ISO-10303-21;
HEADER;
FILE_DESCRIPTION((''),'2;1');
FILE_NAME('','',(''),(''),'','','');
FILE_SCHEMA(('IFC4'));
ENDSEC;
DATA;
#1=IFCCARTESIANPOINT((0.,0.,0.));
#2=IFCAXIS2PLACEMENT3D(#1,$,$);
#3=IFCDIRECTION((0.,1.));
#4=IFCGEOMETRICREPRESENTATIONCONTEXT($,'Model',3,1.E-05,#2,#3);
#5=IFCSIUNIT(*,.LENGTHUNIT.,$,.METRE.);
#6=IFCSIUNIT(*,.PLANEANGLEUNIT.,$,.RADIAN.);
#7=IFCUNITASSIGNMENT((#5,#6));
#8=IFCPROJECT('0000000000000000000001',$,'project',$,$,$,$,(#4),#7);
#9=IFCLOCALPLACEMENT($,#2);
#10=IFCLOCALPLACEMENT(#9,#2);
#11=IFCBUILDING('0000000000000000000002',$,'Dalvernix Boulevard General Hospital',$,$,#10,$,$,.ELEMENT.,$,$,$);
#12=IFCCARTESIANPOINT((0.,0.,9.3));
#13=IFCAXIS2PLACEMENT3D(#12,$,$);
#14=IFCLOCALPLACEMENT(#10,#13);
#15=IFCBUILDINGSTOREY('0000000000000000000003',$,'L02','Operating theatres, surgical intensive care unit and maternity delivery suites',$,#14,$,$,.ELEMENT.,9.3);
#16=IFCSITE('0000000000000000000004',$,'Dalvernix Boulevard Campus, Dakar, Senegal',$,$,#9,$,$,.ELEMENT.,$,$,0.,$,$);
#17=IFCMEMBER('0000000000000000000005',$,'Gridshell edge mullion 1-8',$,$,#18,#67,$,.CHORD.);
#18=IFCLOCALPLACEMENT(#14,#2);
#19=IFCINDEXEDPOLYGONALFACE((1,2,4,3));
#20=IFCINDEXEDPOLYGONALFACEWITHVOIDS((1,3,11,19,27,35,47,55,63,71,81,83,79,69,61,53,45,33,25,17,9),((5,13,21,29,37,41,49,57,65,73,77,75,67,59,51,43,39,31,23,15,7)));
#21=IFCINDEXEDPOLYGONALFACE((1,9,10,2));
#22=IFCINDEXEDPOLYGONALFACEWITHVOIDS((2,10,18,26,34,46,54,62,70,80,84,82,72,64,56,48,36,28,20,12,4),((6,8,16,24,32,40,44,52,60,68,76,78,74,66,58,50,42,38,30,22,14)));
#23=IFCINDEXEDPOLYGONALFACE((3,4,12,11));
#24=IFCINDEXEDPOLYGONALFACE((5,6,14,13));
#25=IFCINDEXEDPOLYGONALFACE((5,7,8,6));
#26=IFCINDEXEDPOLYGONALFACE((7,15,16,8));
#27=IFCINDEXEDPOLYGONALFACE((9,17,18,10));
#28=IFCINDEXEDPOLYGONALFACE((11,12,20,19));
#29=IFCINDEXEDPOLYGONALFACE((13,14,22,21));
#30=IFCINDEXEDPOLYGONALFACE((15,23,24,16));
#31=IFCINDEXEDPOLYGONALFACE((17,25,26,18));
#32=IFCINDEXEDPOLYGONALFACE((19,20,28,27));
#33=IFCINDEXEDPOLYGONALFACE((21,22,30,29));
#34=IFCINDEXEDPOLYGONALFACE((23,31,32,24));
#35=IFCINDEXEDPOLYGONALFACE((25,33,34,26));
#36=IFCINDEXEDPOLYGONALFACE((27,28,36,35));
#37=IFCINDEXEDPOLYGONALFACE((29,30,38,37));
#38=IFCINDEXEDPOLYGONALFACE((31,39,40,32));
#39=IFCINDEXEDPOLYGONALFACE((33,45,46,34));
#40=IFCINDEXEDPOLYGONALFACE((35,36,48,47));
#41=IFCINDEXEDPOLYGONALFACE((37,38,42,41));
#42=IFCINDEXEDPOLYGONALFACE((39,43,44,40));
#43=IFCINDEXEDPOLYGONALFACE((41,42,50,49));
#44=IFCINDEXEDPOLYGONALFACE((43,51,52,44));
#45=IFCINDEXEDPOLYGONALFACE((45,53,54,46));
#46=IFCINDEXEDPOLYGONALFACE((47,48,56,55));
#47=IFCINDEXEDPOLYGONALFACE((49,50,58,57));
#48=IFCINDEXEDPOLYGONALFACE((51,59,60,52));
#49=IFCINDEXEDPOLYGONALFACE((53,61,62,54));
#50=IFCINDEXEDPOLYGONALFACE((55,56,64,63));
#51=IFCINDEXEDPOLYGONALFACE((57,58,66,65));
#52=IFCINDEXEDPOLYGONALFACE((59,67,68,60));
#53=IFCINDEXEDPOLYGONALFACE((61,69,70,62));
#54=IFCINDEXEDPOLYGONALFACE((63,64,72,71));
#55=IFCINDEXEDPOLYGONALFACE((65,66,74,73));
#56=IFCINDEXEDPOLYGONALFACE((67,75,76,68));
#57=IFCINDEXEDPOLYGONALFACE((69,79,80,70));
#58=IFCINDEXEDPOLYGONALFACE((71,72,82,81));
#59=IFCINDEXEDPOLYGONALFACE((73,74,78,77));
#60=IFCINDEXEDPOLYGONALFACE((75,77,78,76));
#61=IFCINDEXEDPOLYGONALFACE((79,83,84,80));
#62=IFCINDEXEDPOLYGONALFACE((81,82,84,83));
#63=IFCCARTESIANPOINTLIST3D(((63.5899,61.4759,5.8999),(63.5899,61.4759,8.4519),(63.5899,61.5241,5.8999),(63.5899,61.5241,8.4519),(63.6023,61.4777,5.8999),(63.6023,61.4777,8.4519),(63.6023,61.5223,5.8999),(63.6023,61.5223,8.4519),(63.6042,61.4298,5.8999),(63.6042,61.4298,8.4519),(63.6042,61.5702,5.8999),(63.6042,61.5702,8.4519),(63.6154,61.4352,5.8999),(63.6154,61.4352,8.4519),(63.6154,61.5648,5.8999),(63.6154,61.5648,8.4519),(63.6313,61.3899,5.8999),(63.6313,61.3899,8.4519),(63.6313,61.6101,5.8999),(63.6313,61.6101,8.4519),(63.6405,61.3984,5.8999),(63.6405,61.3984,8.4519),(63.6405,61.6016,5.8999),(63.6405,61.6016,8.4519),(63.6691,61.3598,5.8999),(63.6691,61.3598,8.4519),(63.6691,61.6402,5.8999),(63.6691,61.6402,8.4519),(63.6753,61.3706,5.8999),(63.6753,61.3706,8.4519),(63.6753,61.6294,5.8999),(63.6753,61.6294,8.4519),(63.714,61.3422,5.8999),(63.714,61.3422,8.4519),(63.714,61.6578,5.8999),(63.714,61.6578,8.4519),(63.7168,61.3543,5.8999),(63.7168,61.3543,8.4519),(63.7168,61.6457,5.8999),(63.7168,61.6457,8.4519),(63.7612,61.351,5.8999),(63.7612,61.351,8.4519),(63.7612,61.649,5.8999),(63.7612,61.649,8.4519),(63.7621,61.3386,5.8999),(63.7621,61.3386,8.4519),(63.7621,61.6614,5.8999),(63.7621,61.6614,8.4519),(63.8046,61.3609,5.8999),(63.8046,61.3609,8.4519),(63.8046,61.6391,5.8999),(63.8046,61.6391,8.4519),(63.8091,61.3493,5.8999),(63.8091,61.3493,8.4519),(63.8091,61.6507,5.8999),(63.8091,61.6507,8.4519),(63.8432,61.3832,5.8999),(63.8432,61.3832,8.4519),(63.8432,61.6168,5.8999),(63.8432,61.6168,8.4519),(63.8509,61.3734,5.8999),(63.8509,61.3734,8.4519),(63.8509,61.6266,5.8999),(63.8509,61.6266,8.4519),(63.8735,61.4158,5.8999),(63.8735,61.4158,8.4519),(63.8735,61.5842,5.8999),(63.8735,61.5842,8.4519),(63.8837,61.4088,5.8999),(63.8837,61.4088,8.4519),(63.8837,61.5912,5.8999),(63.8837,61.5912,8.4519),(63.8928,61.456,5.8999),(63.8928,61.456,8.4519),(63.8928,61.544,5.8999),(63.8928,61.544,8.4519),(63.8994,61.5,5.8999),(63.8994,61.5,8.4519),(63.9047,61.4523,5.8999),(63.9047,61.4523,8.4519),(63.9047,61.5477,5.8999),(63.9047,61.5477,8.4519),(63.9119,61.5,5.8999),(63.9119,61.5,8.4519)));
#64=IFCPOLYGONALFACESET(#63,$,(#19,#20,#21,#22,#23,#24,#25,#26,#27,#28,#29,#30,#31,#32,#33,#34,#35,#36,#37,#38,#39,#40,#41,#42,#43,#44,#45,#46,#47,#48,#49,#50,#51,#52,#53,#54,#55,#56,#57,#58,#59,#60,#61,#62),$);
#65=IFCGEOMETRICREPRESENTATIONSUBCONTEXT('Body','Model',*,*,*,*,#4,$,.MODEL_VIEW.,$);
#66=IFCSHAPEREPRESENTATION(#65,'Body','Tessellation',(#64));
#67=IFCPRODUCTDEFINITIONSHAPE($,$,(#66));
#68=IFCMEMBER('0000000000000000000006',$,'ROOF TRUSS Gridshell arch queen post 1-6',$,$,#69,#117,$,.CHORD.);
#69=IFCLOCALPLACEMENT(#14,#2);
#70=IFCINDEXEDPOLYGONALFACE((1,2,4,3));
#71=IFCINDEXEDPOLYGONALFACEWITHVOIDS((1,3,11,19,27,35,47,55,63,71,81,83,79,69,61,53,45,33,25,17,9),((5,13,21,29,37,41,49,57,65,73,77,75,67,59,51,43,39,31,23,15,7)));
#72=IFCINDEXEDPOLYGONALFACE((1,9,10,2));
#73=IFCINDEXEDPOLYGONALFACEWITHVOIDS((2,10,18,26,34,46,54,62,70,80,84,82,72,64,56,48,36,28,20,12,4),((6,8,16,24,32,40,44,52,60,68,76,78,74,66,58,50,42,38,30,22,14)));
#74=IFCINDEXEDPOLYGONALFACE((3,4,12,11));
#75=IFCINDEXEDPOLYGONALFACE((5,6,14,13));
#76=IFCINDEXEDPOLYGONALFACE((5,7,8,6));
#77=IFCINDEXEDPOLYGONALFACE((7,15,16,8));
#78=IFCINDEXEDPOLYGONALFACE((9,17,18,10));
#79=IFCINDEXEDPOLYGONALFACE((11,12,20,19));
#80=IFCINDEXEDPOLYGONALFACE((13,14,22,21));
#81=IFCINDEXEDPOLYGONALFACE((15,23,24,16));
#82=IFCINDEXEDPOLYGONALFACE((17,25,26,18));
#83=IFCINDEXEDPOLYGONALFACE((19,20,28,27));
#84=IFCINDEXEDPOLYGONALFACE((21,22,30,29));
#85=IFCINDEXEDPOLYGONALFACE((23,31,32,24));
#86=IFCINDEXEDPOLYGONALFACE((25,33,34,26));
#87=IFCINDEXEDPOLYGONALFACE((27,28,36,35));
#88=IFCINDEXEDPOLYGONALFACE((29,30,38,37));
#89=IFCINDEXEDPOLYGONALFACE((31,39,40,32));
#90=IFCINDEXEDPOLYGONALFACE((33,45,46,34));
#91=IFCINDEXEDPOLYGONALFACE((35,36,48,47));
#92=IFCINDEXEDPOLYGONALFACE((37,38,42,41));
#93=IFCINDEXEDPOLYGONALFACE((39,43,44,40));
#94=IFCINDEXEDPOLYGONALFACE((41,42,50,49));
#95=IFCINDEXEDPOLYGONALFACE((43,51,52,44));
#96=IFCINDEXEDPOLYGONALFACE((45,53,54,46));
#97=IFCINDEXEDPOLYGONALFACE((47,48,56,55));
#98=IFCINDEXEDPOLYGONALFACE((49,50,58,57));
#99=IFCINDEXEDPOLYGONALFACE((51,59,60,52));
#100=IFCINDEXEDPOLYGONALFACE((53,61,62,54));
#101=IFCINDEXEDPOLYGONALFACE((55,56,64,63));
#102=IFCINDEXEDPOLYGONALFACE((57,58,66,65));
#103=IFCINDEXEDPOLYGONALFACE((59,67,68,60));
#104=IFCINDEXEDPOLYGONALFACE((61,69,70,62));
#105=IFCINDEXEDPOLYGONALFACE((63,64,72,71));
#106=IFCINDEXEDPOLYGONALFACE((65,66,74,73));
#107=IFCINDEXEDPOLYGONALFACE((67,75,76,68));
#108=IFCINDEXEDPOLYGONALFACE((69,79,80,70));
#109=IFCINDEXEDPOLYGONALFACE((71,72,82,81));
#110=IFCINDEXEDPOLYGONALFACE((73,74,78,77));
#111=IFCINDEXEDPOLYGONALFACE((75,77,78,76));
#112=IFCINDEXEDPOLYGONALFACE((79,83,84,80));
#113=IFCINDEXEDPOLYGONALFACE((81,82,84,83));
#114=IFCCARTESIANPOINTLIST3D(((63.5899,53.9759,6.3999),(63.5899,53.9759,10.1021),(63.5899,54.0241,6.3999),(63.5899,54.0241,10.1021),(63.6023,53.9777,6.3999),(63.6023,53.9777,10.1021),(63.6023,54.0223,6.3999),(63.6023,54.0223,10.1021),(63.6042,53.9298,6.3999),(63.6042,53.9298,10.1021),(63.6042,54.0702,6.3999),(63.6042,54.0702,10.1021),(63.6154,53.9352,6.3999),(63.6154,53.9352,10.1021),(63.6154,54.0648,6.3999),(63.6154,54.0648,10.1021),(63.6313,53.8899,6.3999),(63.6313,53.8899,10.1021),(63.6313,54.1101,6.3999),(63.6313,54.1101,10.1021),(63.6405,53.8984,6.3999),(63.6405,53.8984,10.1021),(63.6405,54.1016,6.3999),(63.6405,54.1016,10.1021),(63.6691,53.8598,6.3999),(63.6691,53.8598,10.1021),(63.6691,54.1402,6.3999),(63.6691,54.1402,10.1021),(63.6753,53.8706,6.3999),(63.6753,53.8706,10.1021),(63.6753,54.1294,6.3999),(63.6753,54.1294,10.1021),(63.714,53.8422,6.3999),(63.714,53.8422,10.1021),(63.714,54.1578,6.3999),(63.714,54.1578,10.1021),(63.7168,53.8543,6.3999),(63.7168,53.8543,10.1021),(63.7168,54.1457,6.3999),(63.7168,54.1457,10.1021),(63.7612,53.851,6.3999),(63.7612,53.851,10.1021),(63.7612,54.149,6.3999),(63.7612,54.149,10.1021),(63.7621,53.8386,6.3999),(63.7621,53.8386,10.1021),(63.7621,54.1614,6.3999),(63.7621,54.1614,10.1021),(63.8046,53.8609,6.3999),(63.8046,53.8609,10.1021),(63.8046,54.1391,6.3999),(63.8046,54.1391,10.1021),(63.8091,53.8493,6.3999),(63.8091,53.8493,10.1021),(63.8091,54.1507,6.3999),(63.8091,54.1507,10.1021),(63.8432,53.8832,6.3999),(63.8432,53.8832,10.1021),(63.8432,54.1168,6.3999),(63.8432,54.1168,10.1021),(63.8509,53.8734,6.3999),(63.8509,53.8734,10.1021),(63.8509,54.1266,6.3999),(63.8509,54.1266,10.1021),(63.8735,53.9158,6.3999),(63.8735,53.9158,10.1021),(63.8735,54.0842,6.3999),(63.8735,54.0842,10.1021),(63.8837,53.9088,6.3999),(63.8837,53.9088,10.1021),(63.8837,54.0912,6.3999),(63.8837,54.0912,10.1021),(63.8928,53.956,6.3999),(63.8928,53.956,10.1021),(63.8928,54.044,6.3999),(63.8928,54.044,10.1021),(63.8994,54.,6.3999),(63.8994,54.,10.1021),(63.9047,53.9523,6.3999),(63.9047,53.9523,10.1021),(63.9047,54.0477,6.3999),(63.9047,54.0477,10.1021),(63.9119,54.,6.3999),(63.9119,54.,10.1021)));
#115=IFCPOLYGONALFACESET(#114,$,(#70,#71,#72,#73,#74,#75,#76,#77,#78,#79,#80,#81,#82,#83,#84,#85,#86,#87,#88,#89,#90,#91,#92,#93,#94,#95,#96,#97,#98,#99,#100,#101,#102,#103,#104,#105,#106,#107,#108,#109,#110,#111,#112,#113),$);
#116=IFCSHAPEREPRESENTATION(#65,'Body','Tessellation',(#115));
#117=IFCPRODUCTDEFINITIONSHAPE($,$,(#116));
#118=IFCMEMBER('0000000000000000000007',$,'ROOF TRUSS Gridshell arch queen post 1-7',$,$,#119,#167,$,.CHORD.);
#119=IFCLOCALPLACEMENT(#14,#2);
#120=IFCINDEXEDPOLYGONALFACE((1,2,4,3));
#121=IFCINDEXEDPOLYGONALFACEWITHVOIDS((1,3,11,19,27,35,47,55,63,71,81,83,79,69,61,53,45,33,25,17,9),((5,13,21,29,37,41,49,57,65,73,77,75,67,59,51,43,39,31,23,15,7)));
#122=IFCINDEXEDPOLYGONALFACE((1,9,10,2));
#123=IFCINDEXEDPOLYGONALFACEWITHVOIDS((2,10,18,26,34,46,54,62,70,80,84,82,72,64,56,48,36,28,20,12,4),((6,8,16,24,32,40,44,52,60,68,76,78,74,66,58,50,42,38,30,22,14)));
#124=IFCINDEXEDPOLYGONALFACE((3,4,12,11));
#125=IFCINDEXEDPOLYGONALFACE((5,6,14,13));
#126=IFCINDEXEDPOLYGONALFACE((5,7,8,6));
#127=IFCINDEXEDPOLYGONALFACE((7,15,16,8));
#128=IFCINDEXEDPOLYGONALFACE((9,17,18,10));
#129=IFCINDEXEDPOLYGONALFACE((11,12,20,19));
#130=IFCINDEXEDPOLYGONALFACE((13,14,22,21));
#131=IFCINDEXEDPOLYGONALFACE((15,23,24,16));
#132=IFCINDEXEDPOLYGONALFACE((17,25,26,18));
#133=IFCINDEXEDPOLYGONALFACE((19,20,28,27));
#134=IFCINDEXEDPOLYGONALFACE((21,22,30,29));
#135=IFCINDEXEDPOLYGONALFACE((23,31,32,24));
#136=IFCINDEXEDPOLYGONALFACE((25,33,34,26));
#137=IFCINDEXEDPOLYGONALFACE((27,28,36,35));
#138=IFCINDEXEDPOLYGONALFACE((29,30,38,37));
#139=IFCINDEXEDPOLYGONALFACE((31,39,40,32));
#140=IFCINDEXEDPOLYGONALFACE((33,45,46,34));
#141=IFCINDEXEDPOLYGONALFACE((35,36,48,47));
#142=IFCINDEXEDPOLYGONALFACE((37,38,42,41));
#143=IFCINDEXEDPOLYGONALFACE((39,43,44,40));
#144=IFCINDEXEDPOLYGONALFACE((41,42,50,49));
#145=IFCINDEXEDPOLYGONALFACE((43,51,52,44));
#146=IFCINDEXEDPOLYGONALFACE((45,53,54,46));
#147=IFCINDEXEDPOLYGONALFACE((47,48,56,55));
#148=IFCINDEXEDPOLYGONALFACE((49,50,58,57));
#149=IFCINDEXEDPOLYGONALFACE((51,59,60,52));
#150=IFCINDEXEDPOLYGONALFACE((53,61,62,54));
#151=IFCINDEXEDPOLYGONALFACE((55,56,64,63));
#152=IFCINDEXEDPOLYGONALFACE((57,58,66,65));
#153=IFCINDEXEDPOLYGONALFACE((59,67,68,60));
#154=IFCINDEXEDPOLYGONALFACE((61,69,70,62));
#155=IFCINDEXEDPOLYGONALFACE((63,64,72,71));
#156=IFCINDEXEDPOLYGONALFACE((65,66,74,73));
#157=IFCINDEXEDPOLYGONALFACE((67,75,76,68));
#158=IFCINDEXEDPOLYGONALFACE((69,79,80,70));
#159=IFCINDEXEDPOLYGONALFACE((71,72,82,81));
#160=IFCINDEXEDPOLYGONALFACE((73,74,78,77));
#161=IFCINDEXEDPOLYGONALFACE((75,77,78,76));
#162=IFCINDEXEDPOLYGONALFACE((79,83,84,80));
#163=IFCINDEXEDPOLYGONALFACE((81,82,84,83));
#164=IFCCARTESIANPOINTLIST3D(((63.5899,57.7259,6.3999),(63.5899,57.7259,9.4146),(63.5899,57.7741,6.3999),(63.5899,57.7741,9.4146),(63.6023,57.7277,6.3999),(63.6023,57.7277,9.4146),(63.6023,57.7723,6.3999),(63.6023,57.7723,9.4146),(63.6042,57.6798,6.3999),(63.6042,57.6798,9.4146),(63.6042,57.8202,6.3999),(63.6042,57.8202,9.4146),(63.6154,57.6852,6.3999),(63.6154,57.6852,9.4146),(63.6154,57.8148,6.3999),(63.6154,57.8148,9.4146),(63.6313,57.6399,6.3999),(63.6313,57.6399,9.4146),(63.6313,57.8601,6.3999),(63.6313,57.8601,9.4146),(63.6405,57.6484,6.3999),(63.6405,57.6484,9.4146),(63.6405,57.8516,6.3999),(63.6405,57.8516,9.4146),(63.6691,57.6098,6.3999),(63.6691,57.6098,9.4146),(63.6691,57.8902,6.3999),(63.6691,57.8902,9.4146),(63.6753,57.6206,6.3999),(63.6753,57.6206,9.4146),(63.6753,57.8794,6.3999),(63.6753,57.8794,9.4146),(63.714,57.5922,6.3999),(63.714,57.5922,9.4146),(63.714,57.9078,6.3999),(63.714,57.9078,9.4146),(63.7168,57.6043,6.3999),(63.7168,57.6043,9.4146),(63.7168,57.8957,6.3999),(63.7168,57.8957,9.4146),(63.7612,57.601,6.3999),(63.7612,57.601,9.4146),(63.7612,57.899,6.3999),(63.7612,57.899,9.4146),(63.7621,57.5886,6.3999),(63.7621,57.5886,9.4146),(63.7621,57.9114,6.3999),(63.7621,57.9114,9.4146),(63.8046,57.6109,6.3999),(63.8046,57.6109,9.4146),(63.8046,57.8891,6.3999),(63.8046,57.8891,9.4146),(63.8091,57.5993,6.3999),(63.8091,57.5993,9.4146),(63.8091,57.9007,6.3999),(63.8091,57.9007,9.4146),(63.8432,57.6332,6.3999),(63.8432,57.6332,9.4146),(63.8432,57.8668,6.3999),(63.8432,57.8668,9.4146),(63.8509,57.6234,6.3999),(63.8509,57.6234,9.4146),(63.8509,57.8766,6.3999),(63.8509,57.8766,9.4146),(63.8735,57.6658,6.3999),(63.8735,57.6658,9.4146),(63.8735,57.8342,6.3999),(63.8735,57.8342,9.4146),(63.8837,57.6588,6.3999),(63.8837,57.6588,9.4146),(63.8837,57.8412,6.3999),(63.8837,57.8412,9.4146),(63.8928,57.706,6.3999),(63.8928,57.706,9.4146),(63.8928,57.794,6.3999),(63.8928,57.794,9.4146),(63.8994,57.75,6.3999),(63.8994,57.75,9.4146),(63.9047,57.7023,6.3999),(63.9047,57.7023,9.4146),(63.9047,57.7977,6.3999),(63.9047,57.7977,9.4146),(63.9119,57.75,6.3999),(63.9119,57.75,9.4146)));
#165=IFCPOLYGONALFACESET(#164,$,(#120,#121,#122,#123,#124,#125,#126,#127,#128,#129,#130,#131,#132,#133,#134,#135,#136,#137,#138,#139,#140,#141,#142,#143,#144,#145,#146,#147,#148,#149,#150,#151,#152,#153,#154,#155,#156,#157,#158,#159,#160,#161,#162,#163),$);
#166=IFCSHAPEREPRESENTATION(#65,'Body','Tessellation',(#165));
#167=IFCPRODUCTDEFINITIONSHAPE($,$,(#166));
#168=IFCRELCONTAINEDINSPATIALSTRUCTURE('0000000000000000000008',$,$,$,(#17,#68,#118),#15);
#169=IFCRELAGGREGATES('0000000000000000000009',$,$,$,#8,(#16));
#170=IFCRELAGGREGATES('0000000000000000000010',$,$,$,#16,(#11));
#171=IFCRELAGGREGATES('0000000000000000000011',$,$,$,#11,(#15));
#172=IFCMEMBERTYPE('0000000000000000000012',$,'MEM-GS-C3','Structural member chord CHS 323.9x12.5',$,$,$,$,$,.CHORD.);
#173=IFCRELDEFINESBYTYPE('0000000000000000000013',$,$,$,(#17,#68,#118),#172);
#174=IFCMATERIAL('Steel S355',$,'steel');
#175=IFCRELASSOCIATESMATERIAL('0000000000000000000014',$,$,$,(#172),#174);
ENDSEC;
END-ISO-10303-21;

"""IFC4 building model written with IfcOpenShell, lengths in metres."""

from ifc_helpers import new_model, si_unit, direction, frame, origin, origin_2d, place, context, subcontext, project, spatial, hollow_circle, extrude, material, material_profile, profile_set, type_object, element, save


model = new_model("IFC4")

# Units and contexts
model_context = context("Model", 3, precision=1e-05, world=origin(), true_north=direction((0.0, 1.0)))
body_context = subcontext(model_context, "Body", "Model", "MODEL_VIEW")
ifc_project = project(units=[si_unit("LENGTHUNIT", "METRE"), si_unit("PLANEANGLEUNIT", "RADIAN")], contexts=[model_context])

# Site, building, storey
site_placement = place(None, origin())
site = spatial("IfcSite", under=ifc_project, at=site_placement, Name="Dalvernix Boulevard Campus, Dakar, Senegal", CompositionType="ELEMENT", RefElevation=0.0)
building_placement = place(site_placement, origin())
building = spatial("IfcBuilding", under=site, at=building_placement, Name="Dalvernix Boulevard General Hospital", CompositionType="ELEMENT")
storey_placement = place(building_placement, frame((0.0, 0.0, 9.3)))
storey = spatial("IfcBuildingStorey", under=building, at=storey_placement, Name="L02", Description="Operating theatres, surgical intensive care unit and maternity delivery suites", CompositionType="ELEMENT", Elevation=9.3)

# Shared definitions
ifc_material_1 = material(Name="Steel S355", Category="steel")

# Members
ifc_material_profile_1 = material_profile(ifc_material_1, hollow_circle(Radius=0.1619, WallThickness=0.0125, at=origin_2d()), Name="CHS 323.9x12.5")
ifc_profile_set_1 = profile_set([ifc_material_profile_1], Name="Steel S355")
member_type_1 = type_object("IfcMemberType", Name="MEM-GS-C3", Description="Structural member chord CHS 323.9x12.5", PredefinedType="CHORD", material=ifc_profile_set_1)
member_1_placement = place(storey_placement, frame((63.75, 61.5, 5.8999), z_axis=(0.0, 0.0, 1.0), x_axis=(1.0, 0.0, 0.0)))
element("IfcMember", 1, at=member_1_placement, inside=storey, type_object=member_type_1, Name="Gridshell edge mullion 1-8", PredefinedType="CHORD", context=body_context, shape_type="SweptSolid", body=[
    extrude(hollow_circle(Radius=0.1619, WallThickness=0.0125, at=origin_2d()), origin(), (0.0, 0.0, 1.0), 2.552),
])
member_2_placement = place(storey_placement, frame((63.75, 54.0, 6.3999), z_axis=(0.0, 0.0, 1.0), x_axis=(1.0, 0.0, 0.0)))
element("IfcMember", 2, at=member_2_placement, inside=storey, type_object=member_type_1, Name="ROOF TRUSS Gridshell arch queen post 1-6", PredefinedType="CHORD", context=body_context, shape_type="SweptSolid", body=[
    extrude(hollow_circle(Radius=0.1619, WallThickness=0.0125, at=origin_2d()), origin(), (0.0, 0.0, 1.0), 3.7021),
])
member_3_placement = place(storey_placement, frame((63.75, 57.75, 6.3999), z_axis=(0.0, 0.0, 1.0), x_axis=(1.0, 0.0, 0.0)))
element("IfcMember", 3, at=member_3_placement, inside=storey, type_object=member_type_1, Name="ROOF TRUSS Gridshell arch queen post 1-7", PredefinedType="CHORD", context=body_context, shape_type="SweptSolid", body=[
    extrude(hollow_circle(Radius=0.1619, WallThickness=0.0125, at=origin_2d()), origin(), (0.0, 0.0, 1.0), 3.0146),
])

save(model, "model.ifc")
